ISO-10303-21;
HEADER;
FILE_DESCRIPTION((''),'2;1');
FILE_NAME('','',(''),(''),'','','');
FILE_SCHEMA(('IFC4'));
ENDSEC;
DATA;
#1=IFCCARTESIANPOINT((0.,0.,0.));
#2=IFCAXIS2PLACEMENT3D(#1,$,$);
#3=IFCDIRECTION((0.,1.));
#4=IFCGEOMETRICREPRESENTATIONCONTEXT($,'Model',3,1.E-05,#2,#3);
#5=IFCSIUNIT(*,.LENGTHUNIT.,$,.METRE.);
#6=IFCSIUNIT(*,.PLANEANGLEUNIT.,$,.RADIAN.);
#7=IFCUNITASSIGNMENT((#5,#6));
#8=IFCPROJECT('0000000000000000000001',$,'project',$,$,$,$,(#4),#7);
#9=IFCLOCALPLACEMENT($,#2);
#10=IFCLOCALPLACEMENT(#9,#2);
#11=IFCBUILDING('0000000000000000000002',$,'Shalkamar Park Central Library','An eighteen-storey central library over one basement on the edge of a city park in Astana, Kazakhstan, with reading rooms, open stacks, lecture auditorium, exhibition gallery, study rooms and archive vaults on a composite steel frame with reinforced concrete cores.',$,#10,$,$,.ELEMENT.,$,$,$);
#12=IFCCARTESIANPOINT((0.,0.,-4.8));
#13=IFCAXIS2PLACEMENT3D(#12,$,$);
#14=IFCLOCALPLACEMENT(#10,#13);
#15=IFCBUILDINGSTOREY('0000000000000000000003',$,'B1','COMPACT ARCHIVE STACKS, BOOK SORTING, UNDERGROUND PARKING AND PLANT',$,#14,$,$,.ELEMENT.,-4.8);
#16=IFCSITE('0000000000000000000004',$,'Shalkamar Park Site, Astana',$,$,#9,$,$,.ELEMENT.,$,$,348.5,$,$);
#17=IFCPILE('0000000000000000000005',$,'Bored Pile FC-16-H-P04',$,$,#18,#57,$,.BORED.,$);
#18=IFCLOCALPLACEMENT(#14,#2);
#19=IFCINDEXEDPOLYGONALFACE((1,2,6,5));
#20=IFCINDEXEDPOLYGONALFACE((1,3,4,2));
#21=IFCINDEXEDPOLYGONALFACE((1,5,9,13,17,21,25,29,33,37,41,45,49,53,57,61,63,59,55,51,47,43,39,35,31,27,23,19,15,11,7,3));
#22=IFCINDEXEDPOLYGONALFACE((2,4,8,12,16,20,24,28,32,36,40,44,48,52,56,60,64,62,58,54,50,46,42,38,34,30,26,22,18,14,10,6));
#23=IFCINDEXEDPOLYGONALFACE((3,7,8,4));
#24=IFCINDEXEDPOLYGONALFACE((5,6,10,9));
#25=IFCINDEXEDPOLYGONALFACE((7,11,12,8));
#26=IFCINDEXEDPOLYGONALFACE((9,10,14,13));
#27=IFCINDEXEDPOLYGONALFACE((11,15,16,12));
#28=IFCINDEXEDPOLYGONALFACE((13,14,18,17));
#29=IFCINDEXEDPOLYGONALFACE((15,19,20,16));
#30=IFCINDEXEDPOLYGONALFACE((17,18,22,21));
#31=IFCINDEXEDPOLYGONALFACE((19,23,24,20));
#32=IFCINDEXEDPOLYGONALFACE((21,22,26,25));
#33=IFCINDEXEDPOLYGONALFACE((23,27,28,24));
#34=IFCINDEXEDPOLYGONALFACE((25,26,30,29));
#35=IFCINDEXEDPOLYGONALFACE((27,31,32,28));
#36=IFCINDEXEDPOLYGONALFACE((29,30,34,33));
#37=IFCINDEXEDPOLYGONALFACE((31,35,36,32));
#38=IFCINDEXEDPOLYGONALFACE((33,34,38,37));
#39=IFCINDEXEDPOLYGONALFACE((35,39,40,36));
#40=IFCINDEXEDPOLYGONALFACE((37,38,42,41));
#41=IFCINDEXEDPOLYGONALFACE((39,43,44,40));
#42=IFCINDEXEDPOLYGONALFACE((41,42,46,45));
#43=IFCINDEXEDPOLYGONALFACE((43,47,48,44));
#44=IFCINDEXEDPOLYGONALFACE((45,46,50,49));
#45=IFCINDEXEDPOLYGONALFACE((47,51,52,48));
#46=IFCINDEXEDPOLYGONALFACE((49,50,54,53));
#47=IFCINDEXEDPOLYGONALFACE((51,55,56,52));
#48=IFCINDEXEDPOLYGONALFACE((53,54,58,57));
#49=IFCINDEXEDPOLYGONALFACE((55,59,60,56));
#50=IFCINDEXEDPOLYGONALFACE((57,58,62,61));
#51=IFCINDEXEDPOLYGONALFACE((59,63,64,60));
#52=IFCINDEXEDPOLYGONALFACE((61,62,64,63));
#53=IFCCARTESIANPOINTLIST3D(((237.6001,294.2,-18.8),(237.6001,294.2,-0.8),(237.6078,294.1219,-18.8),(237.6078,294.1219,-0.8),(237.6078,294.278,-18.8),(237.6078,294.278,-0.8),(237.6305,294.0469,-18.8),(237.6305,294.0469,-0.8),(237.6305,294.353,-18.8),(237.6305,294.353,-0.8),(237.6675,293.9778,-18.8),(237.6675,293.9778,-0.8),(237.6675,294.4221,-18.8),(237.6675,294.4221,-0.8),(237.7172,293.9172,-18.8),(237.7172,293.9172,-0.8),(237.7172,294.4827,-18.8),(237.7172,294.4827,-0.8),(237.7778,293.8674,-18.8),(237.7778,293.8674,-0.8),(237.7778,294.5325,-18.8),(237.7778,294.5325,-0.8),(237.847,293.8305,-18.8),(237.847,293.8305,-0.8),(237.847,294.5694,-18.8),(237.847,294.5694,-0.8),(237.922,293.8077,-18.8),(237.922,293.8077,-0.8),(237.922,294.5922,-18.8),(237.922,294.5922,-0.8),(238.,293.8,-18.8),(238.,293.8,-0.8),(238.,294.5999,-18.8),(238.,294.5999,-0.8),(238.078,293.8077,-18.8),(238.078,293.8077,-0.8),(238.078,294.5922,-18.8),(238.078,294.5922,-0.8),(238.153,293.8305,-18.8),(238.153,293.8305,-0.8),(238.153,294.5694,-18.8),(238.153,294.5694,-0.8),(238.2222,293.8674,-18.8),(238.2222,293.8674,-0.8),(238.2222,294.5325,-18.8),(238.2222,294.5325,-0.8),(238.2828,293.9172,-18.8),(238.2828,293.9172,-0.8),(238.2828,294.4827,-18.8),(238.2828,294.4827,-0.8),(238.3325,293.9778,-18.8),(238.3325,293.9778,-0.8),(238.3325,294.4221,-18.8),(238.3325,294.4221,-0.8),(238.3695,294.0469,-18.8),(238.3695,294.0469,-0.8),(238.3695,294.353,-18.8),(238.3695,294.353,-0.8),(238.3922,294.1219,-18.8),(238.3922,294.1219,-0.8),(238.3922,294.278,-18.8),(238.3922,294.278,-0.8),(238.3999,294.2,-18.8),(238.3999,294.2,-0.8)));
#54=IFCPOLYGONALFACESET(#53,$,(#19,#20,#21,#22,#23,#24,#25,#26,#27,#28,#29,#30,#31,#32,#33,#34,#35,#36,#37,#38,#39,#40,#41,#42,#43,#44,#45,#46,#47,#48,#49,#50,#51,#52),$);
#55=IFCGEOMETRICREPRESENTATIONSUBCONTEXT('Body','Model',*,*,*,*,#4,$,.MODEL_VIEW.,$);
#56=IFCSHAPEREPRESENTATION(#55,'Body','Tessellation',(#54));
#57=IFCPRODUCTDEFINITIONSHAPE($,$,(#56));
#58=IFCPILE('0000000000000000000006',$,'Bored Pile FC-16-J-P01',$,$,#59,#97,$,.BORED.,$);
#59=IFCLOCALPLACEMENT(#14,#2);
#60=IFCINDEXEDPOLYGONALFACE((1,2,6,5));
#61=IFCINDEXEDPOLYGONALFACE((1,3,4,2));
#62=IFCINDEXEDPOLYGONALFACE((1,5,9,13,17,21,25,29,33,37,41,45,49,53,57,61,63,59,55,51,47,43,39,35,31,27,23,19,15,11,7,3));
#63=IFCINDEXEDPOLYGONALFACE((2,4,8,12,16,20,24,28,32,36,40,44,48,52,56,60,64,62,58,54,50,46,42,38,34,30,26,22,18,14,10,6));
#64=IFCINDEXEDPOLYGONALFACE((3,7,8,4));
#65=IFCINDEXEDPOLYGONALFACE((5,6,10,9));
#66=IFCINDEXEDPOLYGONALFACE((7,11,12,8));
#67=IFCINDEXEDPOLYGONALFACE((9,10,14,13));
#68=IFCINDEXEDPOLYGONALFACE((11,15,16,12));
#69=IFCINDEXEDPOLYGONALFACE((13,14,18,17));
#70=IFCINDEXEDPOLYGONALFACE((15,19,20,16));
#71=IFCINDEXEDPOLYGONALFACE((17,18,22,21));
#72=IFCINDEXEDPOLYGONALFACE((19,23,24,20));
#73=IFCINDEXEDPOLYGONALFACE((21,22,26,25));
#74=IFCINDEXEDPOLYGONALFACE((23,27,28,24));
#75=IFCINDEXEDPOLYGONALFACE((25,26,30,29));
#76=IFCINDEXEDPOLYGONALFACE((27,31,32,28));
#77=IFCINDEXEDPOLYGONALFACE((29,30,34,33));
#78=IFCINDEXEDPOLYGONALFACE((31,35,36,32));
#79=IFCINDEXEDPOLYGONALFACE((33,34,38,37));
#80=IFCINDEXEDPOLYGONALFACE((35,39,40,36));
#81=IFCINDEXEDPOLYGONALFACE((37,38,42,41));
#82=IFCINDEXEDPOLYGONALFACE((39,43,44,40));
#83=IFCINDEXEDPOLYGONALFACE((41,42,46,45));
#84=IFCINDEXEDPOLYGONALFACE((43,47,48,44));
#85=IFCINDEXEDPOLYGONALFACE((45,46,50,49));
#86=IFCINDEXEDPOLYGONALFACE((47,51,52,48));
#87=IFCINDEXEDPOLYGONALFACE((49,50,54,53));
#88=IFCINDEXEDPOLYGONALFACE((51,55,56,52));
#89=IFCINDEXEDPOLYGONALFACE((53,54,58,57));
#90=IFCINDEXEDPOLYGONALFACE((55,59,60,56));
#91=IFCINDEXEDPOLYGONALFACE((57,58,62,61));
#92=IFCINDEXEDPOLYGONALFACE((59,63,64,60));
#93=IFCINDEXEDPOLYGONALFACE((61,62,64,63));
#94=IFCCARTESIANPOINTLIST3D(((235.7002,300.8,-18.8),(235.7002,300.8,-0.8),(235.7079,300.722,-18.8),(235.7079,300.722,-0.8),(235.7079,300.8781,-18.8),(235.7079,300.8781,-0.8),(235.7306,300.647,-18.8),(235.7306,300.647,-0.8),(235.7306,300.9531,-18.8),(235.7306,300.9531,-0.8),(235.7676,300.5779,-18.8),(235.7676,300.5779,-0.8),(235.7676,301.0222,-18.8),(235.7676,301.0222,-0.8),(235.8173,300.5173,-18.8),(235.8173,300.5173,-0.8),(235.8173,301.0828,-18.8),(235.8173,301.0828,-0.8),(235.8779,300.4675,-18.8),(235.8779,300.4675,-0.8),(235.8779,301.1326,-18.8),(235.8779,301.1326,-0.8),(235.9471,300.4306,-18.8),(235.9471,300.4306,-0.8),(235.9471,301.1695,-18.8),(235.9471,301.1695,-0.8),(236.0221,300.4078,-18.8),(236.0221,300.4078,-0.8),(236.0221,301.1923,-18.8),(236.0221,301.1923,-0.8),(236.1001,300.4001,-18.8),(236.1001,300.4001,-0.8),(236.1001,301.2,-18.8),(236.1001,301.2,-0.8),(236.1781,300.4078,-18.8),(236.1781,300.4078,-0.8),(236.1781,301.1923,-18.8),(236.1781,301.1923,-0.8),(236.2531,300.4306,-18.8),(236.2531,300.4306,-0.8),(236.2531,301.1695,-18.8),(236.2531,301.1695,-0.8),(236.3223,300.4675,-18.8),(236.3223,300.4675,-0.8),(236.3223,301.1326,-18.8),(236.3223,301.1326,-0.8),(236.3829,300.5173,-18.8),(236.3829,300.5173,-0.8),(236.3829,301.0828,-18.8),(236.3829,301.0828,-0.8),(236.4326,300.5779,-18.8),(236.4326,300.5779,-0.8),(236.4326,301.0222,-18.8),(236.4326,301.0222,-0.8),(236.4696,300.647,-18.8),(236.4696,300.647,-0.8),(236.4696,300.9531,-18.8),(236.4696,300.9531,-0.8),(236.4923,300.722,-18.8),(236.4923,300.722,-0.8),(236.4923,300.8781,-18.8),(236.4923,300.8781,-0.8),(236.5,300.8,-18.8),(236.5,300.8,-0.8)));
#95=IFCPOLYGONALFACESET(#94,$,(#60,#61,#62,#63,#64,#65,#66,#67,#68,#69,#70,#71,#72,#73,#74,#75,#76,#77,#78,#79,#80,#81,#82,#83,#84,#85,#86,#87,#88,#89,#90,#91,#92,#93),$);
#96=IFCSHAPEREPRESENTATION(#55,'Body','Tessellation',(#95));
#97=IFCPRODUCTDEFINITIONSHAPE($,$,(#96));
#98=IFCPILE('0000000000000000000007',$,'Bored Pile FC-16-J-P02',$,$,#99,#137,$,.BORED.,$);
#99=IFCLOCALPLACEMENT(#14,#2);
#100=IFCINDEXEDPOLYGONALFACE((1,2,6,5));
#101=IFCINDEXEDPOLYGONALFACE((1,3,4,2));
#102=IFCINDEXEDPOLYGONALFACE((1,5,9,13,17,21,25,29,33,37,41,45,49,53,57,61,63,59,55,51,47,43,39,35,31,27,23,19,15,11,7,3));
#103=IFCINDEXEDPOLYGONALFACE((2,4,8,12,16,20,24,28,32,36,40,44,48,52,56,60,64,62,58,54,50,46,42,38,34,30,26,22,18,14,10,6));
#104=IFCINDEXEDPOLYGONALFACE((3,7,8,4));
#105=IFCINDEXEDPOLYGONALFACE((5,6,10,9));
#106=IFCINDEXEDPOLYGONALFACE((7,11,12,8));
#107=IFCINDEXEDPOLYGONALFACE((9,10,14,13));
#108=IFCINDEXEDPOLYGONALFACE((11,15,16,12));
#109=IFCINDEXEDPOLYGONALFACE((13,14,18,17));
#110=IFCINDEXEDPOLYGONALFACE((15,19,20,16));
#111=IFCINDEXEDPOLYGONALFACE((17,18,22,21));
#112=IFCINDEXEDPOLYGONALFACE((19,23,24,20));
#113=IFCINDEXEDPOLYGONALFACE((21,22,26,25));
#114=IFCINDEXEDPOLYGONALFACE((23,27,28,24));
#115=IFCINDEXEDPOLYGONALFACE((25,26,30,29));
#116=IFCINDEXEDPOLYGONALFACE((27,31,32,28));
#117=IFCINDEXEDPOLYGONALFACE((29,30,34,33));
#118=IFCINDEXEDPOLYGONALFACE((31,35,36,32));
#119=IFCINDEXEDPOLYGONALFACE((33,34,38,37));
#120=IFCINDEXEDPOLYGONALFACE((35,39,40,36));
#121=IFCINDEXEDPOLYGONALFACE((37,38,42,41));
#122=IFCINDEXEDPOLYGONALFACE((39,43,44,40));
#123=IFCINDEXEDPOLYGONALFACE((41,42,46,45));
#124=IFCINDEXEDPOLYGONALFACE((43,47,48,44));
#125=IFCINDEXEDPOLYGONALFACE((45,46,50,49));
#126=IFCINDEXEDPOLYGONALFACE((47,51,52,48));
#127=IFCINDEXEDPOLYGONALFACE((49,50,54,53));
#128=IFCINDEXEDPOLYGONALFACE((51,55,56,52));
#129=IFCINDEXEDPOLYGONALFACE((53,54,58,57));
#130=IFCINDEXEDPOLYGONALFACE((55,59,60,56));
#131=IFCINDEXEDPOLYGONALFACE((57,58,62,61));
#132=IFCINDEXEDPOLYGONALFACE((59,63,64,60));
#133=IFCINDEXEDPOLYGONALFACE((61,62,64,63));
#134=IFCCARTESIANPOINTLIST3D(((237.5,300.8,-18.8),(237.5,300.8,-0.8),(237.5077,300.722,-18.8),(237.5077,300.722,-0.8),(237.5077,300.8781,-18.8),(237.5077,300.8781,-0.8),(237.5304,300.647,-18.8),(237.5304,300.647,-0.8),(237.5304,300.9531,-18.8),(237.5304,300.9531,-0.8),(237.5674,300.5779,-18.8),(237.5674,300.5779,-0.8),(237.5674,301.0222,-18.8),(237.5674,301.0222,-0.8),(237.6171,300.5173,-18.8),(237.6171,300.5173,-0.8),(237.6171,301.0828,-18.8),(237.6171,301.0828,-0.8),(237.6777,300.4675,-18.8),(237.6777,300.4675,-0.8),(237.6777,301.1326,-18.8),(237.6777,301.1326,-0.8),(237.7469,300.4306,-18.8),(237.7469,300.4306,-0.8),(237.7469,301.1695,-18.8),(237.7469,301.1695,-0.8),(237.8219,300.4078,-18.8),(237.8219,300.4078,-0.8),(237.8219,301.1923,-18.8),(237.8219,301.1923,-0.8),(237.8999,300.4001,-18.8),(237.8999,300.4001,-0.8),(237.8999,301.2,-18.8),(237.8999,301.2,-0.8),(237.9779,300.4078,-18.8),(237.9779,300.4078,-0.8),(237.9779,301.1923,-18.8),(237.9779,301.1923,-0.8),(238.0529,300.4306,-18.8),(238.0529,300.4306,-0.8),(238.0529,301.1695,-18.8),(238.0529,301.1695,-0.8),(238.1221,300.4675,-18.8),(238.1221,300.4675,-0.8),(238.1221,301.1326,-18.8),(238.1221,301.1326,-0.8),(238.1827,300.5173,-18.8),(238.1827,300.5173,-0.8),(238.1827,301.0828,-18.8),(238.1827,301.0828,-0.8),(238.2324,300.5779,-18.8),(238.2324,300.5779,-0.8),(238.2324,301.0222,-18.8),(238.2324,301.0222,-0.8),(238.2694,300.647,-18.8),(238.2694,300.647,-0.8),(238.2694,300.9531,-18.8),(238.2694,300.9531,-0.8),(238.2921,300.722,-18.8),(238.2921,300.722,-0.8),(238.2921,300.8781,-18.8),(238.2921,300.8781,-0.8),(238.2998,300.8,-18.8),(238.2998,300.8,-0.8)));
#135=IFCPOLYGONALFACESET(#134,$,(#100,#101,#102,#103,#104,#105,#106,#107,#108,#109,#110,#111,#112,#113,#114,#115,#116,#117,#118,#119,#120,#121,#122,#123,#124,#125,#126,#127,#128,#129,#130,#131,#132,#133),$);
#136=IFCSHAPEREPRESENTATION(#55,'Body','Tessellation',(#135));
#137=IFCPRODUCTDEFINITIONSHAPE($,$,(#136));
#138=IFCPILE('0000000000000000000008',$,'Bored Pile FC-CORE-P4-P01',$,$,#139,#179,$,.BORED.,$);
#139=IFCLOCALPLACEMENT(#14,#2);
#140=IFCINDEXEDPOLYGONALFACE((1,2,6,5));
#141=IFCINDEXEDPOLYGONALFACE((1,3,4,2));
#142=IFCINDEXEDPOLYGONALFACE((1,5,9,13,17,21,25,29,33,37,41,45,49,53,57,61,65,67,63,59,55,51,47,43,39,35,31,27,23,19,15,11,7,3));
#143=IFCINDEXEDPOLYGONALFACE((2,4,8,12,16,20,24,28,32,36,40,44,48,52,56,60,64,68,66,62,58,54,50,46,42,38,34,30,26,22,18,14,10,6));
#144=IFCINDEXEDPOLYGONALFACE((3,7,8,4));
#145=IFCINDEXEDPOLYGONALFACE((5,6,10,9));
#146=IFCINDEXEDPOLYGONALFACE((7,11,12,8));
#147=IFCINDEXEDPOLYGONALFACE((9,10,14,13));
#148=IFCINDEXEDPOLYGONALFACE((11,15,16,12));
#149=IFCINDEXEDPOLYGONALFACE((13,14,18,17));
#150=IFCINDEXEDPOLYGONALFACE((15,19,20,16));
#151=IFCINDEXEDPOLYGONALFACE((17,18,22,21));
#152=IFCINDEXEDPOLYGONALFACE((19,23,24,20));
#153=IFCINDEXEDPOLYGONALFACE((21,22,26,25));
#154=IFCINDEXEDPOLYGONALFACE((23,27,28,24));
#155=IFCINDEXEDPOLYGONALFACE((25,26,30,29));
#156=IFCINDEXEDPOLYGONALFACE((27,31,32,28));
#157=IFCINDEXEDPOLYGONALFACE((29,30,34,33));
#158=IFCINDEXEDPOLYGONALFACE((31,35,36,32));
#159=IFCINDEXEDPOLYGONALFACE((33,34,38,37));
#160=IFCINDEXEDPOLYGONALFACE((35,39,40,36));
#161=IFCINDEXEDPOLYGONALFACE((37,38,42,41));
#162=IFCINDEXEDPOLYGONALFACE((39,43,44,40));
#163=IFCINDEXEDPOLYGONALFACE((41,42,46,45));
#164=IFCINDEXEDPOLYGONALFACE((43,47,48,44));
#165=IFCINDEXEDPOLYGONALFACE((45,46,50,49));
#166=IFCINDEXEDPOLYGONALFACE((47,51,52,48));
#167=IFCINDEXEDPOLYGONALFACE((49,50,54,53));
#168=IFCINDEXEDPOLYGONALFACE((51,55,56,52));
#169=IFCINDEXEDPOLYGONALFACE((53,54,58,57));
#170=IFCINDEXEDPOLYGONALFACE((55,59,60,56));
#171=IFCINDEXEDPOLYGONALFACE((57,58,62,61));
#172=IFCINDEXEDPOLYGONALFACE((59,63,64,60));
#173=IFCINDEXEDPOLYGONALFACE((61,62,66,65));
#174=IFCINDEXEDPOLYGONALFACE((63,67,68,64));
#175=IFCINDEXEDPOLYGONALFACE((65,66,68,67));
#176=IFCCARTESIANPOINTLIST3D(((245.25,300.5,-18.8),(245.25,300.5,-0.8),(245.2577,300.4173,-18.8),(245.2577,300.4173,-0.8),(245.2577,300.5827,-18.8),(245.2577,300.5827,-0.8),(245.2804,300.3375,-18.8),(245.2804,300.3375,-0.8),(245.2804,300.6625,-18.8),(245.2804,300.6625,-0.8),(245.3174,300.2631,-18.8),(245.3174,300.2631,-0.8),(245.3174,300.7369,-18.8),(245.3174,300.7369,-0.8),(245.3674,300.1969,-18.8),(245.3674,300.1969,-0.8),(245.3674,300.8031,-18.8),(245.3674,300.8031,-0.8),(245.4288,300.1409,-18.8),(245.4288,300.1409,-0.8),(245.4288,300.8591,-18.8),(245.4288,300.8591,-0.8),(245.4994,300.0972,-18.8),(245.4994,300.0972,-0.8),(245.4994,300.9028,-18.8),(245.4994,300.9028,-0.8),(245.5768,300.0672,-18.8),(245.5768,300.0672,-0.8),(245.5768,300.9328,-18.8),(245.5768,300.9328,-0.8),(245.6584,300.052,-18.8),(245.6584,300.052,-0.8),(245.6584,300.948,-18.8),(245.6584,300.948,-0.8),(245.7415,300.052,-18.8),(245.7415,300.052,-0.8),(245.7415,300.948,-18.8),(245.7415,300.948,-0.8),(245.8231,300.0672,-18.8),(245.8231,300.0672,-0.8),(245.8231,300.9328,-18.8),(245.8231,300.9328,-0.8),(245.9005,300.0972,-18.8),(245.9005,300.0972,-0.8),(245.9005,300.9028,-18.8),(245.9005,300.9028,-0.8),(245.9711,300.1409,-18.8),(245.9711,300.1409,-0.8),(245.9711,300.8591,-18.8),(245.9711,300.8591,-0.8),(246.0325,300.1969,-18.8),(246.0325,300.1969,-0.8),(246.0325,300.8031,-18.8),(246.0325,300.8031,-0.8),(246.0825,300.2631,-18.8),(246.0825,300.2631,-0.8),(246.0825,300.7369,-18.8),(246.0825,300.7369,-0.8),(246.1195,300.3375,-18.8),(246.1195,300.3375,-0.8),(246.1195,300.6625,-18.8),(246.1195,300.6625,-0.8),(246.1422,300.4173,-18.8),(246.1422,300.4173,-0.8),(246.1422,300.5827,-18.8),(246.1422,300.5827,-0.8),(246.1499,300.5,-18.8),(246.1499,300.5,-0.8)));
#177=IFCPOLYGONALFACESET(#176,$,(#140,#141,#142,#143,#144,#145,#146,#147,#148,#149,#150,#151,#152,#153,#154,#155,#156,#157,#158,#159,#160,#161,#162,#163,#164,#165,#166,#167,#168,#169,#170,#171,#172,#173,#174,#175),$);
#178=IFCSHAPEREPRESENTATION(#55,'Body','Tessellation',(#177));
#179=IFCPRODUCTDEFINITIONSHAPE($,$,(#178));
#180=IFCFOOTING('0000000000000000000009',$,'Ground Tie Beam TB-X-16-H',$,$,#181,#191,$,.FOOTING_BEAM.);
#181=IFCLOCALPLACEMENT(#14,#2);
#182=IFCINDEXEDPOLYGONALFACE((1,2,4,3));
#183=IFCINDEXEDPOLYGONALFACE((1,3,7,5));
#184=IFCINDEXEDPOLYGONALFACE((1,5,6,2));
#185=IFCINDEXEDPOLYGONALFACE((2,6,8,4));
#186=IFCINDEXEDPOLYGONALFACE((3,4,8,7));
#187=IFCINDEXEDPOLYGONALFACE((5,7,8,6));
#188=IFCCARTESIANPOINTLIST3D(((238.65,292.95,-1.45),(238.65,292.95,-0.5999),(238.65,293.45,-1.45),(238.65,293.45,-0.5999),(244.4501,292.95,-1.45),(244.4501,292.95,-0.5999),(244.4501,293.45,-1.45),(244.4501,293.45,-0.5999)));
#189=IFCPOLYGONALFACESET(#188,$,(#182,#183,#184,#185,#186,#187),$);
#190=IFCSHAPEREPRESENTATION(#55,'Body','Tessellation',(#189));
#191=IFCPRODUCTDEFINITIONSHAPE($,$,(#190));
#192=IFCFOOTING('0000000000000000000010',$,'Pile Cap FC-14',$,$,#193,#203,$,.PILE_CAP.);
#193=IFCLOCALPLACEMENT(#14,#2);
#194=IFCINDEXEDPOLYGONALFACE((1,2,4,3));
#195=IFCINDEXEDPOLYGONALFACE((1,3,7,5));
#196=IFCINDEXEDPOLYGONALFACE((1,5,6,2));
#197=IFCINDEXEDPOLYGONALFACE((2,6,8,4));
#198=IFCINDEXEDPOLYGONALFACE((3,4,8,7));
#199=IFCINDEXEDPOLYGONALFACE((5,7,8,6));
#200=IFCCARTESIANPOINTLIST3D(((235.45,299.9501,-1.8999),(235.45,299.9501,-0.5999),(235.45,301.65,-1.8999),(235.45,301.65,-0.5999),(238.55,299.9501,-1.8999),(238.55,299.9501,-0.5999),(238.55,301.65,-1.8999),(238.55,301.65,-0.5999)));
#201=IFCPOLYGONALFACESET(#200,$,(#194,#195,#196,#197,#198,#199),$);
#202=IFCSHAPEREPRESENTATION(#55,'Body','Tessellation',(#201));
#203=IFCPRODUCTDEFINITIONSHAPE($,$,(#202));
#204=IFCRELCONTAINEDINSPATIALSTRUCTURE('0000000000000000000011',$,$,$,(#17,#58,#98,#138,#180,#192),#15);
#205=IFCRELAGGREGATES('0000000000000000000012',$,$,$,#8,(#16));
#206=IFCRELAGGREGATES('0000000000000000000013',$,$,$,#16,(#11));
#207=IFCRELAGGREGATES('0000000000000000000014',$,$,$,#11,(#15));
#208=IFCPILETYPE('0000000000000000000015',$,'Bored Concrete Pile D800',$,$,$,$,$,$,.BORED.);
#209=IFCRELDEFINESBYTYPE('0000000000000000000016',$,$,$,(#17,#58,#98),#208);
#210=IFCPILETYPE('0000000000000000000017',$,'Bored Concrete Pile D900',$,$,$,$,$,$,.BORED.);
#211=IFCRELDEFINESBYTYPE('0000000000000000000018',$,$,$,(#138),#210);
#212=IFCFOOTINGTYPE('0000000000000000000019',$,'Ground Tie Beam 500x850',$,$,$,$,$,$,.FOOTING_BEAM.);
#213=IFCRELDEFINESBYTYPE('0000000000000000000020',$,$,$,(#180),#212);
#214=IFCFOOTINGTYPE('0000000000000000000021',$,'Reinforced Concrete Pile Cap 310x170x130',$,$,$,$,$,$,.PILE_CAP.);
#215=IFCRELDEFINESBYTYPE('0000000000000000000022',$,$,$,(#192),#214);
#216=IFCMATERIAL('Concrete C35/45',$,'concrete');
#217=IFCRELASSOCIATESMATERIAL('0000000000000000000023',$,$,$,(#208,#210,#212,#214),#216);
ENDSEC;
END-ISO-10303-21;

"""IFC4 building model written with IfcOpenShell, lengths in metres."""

from ifc_helpers import new_model, si_unit, direction, frame, origin, origin_2d, place, context, subcontext, project, spatial, rectangle, circle, extrude, material, material_profile, profile_set, type_object, element, save


model = new_model("IFC4")

# Units and contexts
model_context = context("Model", 3, precision=1e-05, world=origin(), true_north=direction((0.0, 1.0)))
body_context = subcontext(model_context, "Body", "Model", "MODEL_VIEW")
ifc_project = project(units=[si_unit("LENGTHUNIT", "METRE"), si_unit("PLANEANGLEUNIT", "RADIAN")], contexts=[model_context])

# Site, building, storey
site_placement = place(None, origin())
site = spatial("IfcSite", under=ifc_project, at=site_placement, Name="Shalkamar Park Site, Astana", CompositionType="ELEMENT", RefElevation=348.5)
building_placement = place(site_placement, origin())
building = spatial("IfcBuilding", under=site, at=building_placement, Name="Shalkamar Park Central Library", Description="An eighteen-storey central library over one basement on the edge of a city park in Astana, Kazakhstan, with reading rooms, open stacks, lecture auditorium, exhibition gallery, study rooms and archive vaults on a composite steel frame with reinforced concrete cores.", CompositionType="ELEMENT")
storey_placement = place(building_placement, frame((0.0, 0.0, -4.8)))
storey = spatial("IfcBuildingStorey", under=building, at=storey_placement, Name="B1", Description="COMPACT ARCHIVE STACKS, BOOK SORTING, UNDERGROUND PARKING AND PLANT", CompositionType="ELEMENT", Elevation=-4.8)

# Piles
ifc_material_1 = material(Name="Concrete C35/45", Category="concrete")
ifc_material_profile_1 = material_profile(ifc_material_1, circle(Radius=0.3999, at=origin_2d()), Name="PILE D800")
ifc_profile_set_1 = profile_set([ifc_material_profile_1], Name="Concrete C35/45")
pile_type_1 = type_object("IfcPileType", Name="Bored Concrete Pile D800", PredefinedType="BORED", material=ifc_profile_set_1)
for number, where, z_axis, x_axis, name in (
    (1, (238.0, 294.2, -0.8), (0.0, 0.0, -1.0), (1.0, 0.0, 0.0), "Bored Pile FC-16-H-P04"),
    (2, (236.1001, 300.8, -0.8), (0.0, 0.0, -1.0), (1.0, 0.0, 0.0), "Bored Pile FC-16-J-P01"),
    (3, (237.8999, 300.8, -0.8), (0.0, 0.0, -1.0), (1.0, 0.0, 0.0), "Bored Pile FC-16-J-P02"),
):
    element("IfcPile", number, at=place(storey_placement, frame(where, z_axis=z_axis, x_axis=x_axis)), inside=storey, type_object=pile_type_1, Name=name, PredefinedType="BORED", context=body_context, shape_type="SweptSolid", body=[
        extrude(circle(Radius=0.3999, at=origin_2d()), origin(), (0.0, 0.0, 1.0), 18.0),
    ])
ifc_material_profile_2 = material_profile(ifc_material_1, circle(Radius=0.45, at=origin_2d()), Name="PILE D900")
ifc_profile_set_2 = profile_set([ifc_material_profile_2], Name="Concrete C35/45")
pile_type_2 = type_object("IfcPileType", Name="Bored Concrete Pile D900", PredefinedType="BORED", material=ifc_profile_set_2)
pile_placement = place(storey_placement, frame((245.7, 300.5, -0.8), z_axis=(0.0, 0.0, -1.0), x_axis=(1.0, 0.0, 0.0)))
element("IfcPile", 4, at=pile_placement, inside=storey, type_object=pile_type_2, Name="Bored Pile FC-CORE-P4-P01", PredefinedType="BORED", context=body_context, shape_type="SweptSolid", body=[
    extrude(circle(Radius=0.45, at=origin_2d()), origin(), (0.0, 0.0, 1.0), 18.0),
])

# Footings
footing_type_1 = type_object("IfcFootingType", Name="Ground Tie Beam 500x850", PredefinedType="FOOTING_BEAM", material=ifc_material_1)
footing_1_placement = place(storey_placement, frame((241.55, 293.2, -1.45), z_axis=(0.0, 0.0, 1.0), x_axis=(1.0, 0.0, 0.0)))
element("IfcFooting", 5, at=footing_1_placement, inside=storey, type_object=footing_type_1, Name="Ground Tie Beam TB-X-16-H", PredefinedType="FOOTING_BEAM", context=body_context, shape_type="SweptSolid", body=[
    extrude(rectangle(XDim=5.8, YDim=0.5, at=origin_2d()), origin(), (0.0, 0.0, 1.0), 0.8501),
])
footing_type_2 = type_object("IfcFootingType", Name="Reinforced Concrete Pile Cap 310x170x130", PredefinedType="PILE_CAP", material=ifc_material_1)
footing_2_placement = place(storey_placement, frame((237.0, 300.8, -1.8999), z_axis=(0.0, 0.0, 1.0), x_axis=(1.0, 0.0, 0.0)))
element("IfcFooting", 6, at=footing_2_placement, inside=storey, type_object=footing_type_2, Name="Pile Cap FC-14", PredefinedType="PILE_CAP", context=body_context, shape_type="SweptSolid", body=[
    extrude(rectangle(XDim=3.1001, YDim=1.7, at=origin_2d()), origin(), (0.0, 0.0, 1.0), 1.3),
])

save(model, "model.ifc")
